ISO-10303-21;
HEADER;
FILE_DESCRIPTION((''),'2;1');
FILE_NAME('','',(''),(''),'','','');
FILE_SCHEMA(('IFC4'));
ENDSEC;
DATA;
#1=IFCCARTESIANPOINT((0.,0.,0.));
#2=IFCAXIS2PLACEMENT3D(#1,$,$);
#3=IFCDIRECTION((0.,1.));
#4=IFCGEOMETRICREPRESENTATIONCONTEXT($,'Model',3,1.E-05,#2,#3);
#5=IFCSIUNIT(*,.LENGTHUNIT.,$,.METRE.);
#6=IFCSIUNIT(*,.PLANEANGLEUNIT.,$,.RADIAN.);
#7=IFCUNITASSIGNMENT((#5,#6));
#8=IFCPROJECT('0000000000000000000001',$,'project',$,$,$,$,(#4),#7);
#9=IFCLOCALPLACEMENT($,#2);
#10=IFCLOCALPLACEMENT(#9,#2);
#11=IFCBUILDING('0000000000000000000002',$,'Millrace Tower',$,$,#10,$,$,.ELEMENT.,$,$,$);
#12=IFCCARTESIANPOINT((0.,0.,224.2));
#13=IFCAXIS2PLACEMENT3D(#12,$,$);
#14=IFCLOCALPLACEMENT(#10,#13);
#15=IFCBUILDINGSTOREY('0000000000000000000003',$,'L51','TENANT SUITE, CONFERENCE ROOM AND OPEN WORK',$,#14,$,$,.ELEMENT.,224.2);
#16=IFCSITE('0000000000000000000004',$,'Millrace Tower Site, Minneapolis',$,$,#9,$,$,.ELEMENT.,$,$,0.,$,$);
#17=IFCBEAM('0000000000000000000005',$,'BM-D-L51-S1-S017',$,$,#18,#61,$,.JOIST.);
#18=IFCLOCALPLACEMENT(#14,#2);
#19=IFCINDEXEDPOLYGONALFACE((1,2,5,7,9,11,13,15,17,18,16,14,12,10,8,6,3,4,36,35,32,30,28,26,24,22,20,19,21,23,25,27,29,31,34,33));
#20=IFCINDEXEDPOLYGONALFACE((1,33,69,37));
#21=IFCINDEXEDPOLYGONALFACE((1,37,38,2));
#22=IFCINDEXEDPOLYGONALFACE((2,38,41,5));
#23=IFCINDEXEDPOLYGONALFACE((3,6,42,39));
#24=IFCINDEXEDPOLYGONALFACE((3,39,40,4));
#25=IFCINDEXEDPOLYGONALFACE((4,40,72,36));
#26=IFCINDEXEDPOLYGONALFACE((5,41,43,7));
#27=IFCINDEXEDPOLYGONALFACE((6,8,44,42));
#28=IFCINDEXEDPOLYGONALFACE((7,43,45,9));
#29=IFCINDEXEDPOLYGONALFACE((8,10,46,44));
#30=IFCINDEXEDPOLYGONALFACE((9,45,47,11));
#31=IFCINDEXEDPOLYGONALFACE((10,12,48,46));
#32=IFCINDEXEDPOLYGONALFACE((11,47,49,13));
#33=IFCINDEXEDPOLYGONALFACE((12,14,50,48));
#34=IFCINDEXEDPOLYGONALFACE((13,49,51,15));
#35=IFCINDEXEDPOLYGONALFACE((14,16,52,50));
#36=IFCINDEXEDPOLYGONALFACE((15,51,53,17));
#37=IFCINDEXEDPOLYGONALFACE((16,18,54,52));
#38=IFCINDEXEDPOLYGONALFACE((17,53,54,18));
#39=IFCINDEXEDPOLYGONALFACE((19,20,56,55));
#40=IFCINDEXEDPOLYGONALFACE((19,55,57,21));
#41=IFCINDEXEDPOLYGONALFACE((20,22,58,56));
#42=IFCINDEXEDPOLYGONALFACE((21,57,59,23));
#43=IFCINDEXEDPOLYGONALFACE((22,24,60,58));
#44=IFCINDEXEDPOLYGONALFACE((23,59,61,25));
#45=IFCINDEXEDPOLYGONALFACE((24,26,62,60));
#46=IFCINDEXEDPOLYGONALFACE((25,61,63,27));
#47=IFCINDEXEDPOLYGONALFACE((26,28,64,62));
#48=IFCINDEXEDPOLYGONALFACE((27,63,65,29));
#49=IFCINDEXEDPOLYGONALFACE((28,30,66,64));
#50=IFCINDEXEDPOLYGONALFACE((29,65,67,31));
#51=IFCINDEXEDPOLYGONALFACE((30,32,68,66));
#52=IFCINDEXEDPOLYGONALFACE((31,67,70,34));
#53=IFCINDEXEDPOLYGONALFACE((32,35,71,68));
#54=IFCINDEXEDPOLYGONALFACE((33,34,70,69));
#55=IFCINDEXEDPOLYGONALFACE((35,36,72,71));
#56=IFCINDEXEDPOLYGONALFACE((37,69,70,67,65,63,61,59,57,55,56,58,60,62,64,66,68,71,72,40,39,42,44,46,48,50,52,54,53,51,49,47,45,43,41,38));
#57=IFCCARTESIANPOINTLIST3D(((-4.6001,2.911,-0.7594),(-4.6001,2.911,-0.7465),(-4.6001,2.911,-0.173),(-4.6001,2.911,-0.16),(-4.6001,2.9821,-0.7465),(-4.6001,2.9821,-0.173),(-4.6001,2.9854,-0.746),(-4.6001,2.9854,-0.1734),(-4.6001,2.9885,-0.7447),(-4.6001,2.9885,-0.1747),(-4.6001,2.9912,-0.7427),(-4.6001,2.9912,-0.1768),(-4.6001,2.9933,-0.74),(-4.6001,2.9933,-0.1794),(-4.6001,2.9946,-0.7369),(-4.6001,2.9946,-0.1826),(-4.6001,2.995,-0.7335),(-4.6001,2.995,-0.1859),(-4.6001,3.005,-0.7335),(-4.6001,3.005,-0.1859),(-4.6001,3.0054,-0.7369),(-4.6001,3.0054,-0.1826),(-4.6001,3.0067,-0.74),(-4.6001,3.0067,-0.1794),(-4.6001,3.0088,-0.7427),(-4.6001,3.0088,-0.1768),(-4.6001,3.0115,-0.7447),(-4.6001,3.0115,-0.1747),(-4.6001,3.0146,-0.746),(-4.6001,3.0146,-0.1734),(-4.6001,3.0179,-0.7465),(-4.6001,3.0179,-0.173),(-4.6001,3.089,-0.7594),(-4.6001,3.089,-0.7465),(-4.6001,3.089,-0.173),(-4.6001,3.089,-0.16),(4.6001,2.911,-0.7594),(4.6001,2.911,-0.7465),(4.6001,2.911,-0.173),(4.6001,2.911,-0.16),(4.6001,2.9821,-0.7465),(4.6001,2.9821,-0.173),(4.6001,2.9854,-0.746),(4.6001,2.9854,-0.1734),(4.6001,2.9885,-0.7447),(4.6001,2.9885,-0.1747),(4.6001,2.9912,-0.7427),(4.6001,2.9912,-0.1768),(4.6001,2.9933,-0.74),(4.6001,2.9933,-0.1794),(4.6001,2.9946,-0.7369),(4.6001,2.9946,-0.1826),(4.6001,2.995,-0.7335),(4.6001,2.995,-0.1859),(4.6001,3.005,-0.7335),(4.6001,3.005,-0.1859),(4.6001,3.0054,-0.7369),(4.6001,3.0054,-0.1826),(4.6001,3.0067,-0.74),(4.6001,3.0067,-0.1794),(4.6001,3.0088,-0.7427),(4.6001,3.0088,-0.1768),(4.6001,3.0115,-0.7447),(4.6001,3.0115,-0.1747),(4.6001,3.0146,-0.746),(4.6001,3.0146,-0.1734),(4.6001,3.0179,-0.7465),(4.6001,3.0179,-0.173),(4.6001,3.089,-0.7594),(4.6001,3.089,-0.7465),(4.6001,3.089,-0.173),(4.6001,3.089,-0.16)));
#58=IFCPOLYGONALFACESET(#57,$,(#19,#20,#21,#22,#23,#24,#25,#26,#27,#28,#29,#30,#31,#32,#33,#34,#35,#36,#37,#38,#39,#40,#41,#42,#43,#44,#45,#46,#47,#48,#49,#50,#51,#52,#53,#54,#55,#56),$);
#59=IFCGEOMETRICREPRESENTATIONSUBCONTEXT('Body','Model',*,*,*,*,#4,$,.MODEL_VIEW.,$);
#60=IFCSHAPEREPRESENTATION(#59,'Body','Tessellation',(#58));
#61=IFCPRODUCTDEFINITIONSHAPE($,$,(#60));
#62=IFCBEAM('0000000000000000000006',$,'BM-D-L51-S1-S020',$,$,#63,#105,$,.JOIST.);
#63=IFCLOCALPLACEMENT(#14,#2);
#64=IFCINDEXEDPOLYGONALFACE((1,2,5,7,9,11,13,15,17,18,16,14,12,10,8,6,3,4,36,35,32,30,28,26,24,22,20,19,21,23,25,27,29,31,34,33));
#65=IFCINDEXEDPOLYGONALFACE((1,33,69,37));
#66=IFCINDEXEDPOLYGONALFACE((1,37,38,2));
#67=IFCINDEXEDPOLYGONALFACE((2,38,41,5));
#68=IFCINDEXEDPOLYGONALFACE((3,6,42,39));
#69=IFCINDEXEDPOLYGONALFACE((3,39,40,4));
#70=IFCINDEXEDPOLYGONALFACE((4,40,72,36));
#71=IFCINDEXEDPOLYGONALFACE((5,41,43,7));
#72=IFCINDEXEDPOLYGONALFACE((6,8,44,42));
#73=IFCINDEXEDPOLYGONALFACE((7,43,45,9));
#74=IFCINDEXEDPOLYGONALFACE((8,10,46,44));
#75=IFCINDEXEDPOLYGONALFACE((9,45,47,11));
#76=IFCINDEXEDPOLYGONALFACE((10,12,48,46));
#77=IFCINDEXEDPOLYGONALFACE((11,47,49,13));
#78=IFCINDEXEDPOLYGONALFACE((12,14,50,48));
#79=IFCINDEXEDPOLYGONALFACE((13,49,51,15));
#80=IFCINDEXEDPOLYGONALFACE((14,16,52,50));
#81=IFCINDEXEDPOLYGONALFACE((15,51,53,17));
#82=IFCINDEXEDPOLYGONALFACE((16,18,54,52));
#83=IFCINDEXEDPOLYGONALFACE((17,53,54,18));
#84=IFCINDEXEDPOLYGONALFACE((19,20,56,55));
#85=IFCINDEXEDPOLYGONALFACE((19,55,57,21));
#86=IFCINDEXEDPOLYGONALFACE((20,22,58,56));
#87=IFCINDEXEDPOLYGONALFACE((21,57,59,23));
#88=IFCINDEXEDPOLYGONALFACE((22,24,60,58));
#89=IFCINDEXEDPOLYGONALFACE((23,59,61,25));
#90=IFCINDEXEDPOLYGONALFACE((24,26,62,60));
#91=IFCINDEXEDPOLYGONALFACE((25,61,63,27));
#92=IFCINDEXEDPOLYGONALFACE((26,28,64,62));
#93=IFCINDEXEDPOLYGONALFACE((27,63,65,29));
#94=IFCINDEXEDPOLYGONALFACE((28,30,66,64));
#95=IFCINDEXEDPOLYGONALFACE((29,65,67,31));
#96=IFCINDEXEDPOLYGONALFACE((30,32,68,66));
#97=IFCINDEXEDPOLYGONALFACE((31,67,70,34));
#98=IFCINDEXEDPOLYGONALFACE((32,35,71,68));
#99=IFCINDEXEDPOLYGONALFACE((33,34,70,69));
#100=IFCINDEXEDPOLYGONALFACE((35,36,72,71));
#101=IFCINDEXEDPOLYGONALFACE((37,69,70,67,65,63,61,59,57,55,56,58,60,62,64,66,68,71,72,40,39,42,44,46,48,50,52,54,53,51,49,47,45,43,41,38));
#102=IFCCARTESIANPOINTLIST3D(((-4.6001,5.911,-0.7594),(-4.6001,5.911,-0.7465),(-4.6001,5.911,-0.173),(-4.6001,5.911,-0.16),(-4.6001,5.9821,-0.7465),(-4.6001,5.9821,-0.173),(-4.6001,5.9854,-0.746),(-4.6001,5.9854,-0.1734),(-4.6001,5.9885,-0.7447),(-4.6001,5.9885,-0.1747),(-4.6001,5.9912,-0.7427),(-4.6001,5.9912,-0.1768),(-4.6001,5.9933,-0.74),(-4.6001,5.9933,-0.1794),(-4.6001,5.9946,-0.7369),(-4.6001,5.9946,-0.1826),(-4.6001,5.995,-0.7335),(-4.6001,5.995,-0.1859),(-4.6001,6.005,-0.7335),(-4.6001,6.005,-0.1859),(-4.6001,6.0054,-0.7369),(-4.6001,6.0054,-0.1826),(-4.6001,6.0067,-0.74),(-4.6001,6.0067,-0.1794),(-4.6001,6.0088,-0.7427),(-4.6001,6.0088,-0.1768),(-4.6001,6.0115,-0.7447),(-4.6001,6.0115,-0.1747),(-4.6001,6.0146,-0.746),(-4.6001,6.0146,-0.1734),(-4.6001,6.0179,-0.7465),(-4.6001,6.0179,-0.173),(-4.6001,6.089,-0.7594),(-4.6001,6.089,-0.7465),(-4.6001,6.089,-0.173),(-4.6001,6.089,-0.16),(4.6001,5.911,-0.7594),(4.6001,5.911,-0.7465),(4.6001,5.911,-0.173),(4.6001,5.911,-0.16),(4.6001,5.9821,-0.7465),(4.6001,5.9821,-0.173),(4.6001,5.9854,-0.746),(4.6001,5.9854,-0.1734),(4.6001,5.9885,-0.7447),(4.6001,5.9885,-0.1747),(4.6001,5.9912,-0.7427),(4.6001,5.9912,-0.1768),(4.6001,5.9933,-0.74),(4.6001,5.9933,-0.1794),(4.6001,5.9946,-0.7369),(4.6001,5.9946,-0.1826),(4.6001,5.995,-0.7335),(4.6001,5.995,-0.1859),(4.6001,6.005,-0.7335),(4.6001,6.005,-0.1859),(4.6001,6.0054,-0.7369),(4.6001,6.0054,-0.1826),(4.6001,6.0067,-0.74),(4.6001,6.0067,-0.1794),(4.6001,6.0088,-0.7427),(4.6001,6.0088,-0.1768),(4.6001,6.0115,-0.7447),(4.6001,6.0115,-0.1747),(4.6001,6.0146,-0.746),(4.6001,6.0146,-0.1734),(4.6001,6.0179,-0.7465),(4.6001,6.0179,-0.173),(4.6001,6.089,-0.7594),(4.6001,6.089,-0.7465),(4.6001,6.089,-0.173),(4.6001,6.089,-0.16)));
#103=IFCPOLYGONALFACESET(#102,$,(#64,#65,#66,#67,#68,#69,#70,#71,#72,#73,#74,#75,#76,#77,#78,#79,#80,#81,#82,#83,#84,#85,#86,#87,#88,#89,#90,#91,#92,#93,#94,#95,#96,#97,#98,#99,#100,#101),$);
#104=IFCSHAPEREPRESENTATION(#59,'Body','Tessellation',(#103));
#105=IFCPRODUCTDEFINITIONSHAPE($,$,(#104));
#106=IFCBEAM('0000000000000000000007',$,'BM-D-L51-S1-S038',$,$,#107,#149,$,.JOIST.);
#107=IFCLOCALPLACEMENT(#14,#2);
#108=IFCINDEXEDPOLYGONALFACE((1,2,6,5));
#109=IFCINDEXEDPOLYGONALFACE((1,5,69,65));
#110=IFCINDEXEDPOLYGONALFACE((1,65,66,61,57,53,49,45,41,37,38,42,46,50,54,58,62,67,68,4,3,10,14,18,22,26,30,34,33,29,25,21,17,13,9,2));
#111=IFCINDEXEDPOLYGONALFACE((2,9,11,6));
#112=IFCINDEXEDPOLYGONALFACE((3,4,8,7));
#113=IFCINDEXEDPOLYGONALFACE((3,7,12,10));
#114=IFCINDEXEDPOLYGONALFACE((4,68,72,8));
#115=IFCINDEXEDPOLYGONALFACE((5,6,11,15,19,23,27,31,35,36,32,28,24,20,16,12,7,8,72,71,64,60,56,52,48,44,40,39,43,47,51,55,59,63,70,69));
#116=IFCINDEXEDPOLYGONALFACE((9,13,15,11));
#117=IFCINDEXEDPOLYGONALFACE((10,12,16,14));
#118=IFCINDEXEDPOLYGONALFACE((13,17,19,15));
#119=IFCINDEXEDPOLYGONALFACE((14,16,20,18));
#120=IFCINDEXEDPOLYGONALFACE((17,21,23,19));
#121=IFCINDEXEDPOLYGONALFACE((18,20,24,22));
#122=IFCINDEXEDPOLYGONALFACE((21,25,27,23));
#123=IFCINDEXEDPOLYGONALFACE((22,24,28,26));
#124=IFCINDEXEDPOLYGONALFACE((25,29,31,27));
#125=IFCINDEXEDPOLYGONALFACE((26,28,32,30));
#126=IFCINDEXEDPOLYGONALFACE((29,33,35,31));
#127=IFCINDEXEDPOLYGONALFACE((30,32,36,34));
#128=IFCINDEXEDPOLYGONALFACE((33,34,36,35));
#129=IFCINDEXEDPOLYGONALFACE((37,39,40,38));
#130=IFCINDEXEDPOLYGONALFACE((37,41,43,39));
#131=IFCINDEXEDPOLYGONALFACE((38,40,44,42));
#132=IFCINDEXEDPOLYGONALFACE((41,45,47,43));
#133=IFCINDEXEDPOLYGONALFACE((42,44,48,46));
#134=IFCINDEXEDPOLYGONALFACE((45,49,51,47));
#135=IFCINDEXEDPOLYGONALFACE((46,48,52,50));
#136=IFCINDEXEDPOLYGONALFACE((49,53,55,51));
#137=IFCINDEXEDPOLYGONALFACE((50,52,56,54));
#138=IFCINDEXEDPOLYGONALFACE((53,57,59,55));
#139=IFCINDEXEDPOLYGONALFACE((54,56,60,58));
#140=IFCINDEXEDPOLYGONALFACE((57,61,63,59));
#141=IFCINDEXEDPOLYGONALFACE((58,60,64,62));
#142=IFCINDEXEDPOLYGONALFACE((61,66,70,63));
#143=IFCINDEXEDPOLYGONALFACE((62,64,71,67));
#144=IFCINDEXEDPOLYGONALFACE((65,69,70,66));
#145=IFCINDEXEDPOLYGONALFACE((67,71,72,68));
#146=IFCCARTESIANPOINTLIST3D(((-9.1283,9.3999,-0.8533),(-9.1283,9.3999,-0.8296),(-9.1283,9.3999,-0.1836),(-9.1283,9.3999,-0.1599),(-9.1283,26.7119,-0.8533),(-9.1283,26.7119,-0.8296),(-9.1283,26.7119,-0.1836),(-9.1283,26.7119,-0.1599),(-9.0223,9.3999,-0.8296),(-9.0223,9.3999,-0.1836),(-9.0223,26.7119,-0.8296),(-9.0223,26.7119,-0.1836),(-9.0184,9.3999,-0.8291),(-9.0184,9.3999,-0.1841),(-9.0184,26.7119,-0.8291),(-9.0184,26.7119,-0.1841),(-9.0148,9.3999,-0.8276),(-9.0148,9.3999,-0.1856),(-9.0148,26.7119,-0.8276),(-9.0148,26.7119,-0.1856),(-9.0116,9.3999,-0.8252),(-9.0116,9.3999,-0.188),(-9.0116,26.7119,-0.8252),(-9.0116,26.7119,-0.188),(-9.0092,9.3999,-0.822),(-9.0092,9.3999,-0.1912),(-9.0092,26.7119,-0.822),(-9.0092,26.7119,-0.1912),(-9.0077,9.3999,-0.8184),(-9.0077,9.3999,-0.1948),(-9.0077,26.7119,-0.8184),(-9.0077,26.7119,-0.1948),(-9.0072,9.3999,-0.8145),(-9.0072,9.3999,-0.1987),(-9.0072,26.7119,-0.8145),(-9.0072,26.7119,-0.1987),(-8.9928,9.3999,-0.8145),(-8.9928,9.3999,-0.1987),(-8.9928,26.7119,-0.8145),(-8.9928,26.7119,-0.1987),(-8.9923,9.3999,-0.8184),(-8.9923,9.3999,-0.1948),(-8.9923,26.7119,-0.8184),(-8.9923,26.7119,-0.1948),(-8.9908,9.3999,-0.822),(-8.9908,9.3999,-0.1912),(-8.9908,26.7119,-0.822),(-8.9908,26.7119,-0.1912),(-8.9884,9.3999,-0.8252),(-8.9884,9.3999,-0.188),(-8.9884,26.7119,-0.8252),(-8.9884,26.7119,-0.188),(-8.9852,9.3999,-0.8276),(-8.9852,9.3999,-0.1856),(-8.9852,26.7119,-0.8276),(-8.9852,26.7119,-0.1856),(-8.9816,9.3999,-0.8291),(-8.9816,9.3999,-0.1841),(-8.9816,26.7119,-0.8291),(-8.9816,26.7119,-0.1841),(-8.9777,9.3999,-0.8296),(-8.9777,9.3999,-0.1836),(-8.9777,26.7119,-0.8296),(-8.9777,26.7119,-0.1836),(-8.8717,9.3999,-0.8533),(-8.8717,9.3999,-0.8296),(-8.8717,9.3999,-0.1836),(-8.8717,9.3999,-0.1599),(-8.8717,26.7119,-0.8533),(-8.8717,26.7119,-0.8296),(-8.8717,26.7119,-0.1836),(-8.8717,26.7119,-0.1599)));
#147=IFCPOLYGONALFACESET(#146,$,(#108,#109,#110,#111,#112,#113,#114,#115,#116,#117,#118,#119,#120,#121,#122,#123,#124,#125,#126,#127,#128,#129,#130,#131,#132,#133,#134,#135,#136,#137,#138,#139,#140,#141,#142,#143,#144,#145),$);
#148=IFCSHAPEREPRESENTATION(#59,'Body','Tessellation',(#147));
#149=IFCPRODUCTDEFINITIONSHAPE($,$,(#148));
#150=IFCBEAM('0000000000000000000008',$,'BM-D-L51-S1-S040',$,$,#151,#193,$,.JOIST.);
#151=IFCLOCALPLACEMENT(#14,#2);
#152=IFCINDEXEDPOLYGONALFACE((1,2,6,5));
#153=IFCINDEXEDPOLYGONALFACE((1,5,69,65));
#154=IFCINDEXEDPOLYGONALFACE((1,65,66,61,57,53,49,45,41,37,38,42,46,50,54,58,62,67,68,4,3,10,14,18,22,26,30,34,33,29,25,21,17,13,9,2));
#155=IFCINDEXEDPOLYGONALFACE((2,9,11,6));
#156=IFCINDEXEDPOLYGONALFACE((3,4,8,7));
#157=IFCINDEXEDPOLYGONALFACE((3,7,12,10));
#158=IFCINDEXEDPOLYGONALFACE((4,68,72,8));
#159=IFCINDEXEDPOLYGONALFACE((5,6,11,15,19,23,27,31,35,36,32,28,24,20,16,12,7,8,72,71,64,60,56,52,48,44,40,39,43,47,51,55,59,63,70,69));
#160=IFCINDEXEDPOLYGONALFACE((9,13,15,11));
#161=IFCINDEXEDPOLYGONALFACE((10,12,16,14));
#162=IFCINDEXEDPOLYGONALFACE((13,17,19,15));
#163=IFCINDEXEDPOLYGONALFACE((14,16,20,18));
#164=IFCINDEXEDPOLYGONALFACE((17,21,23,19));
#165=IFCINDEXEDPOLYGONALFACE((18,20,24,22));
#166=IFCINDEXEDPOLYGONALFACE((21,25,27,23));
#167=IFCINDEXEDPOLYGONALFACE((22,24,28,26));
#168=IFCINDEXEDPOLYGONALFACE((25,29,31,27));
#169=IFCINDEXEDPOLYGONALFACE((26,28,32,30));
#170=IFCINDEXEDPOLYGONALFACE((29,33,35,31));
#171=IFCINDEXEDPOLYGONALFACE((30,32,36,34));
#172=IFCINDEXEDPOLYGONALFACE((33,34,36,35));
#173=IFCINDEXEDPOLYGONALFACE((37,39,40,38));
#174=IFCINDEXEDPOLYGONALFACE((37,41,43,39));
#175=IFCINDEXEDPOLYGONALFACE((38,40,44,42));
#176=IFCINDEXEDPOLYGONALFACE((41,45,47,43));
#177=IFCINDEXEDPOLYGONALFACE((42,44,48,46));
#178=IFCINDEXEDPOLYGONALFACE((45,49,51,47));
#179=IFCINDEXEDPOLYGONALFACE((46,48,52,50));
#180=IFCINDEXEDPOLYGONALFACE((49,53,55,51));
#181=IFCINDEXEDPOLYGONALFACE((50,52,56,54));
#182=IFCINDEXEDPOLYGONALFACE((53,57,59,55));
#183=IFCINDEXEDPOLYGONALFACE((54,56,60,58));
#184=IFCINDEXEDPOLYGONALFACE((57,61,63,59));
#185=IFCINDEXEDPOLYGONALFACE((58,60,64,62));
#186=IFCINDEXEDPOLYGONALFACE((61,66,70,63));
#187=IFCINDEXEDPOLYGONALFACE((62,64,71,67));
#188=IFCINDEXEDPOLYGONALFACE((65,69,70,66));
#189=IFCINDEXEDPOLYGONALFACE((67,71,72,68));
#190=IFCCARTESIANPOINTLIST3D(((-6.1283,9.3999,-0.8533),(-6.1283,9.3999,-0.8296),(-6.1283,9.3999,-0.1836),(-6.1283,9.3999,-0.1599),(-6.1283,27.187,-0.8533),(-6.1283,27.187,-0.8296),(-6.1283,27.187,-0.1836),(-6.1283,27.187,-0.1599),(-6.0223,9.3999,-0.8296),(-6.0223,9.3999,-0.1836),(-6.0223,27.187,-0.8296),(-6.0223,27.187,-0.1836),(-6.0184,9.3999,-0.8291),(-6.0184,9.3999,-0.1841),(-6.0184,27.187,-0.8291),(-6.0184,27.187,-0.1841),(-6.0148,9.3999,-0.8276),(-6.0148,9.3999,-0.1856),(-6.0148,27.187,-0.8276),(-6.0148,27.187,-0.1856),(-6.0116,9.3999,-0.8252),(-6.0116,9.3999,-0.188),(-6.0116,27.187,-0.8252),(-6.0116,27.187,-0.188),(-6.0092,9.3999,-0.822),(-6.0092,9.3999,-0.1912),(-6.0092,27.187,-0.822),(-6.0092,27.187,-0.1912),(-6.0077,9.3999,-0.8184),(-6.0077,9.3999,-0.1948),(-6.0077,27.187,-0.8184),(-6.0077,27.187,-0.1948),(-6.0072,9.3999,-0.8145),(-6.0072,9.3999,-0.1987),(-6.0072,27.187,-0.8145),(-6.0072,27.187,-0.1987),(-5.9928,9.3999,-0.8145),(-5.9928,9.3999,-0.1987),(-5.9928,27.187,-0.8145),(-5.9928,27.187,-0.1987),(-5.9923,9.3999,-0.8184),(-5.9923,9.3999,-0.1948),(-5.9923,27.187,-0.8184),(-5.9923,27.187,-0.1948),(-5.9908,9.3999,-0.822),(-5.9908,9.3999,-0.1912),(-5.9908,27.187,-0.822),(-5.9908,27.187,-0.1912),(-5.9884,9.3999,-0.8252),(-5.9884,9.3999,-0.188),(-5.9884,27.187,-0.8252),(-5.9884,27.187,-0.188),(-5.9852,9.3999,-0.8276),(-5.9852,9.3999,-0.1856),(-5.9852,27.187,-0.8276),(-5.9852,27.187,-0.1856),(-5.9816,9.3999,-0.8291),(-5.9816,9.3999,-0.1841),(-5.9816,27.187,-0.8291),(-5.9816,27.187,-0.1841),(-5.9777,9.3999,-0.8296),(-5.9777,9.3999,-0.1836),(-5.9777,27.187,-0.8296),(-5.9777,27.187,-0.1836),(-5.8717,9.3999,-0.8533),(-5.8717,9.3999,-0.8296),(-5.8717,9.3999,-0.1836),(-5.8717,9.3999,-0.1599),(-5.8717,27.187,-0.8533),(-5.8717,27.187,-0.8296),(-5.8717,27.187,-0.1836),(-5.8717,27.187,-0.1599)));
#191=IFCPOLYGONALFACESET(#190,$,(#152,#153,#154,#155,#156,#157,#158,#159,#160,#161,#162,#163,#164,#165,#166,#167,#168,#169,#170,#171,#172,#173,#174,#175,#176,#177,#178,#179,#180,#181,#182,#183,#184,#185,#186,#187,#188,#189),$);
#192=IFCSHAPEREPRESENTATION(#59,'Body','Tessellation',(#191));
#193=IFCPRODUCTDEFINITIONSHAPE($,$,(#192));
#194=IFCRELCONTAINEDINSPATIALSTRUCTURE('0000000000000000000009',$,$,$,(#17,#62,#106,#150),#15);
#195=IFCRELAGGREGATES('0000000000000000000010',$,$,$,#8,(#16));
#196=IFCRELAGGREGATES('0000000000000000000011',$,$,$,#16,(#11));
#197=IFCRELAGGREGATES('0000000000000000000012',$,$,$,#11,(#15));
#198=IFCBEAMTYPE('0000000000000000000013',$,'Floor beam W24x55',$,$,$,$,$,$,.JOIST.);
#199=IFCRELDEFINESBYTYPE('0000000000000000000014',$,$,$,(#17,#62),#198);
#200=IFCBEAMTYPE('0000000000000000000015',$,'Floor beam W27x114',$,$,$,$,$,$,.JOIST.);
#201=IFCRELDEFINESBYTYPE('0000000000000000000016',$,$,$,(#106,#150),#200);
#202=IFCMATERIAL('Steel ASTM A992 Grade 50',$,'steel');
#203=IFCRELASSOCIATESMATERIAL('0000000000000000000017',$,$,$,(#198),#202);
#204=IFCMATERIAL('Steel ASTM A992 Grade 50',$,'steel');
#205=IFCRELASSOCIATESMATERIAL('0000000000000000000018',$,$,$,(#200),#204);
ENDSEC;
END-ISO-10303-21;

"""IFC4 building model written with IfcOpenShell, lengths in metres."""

from ifc_helpers import new_model, si_unit, direction, frame, origin, origin_2d, place, context, subcontext, project, spatial, i_section, extrude, material, material_profile, profile_set, type_object, element, save


model = new_model("IFC4")

# Units and contexts
model_context = context("Model", 3, precision=1e-05, world=origin(), true_north=direction((0.0, 1.0)))
body_context = subcontext(model_context, "Body", "Model", "MODEL_VIEW")
ifc_project = project(units=[si_unit("LENGTHUNIT", "METRE"), si_unit("PLANEANGLEUNIT", "RADIAN")], contexts=[model_context])

# Site, building, storey
site_placement = place(None, origin())
site = spatial("IfcSite", under=ifc_project, at=site_placement, Name="Millrace Tower Site, Minneapolis", CompositionType="ELEMENT", RefElevation=0.0)
building_placement = place(site_placement, origin())
building = spatial("IfcBuilding", under=site, at=building_placement, Name="Millrace Tower", CompositionType="ELEMENT")
storey_placement = place(building_placement, frame((0.0, 0.0, 224.2)))
storey = spatial("IfcBuildingStorey", under=building, at=storey_placement, Name="L51", Description="TENANT SUITE, CONFERENCE ROOM AND OPEN WORK", CompositionType="ELEMENT", Elevation=224.2)

# Beams
ifc_material_1 = material(Name="Steel ASTM A992 Grade 50", Category="steel")
ifc_material_profile_1 = material_profile(ifc_material_1, i_section(OverallWidth=0.178, OverallDepth=0.5994, WebThickness=0.01, FlangeThickness=0.0129, FilletRadius=0.0129, at=origin_2d()))
ifc_profile_set_1 = profile_set([ifc_material_profile_1], Name="Steel ASTM A992 Grade 50")
beam_type_1 = type_object("IfcBeamType", Name="Floor beam W24x55", PredefinedType="JOIST", material=ifc_profile_set_1)
for number, where, z_axis, x_axis, name in (
    (1, (-4.6001, 3.0, -0.4597), (1.0, 0.0, 0.0), (0.0, 1.0, 0.0), "BM-D-L51-S1-S017"),
    (2, (-4.6001, 6.0, -0.4597), (1.0, 0.0, 0.0), (0.0, 1.0, 0.0), "BM-D-L51-S1-S020"),
):
    element("IfcBeam", number, at=place(storey_placement, frame(where, z_axis=z_axis, x_axis=x_axis)), inside=storey, type_object=beam_type_1, Name=name, PredefinedType="JOIST", context=body_context, shape_type="SweptSolid", body=[
        extrude(i_section(OverallWidth=0.178, OverallDepth=0.5994, WebThickness=0.01, FlangeThickness=0.0129, FilletRadius=0.0129, at=origin_2d()), origin(), (0.0, 0.0, 1.0), 9.2002),
    ])
ifc_material_2 = material(Name="Steel ASTM A992 Grade 50", Category="steel")
ifc_material_profile_2 = material_profile(ifc_material_2, i_section(OverallWidth=0.2566, OverallDepth=0.6934, WebThickness=0.0144, FlangeThickness=0.0237, FilletRadius=0.0151, at=origin_2d()))
ifc_profile_set_2 = profile_set([ifc_material_profile_2], Name="Steel ASTM A992 Grade 50")
beam_type_2 = type_object("IfcBeamType", Name="Floor beam W27x114", PredefinedType="JOIST", material=ifc_profile_set_2)
beam_1_placement = place(storey_placement, frame((-9.0, 9.3999, -0.5066), z_axis=(0.0, 1.0, 0.0), x_axis=(-1.0, 0.0, 0.0)))
element("IfcBeam", 3, at=beam_1_placement, inside=storey, type_object=beam_type_2, Name="BM-D-L51-S1-S038", PredefinedType="JOIST", context=body_context, shape_type="SweptSolid", body=[
    extrude(i_section(OverallWidth=0.2566, OverallDepth=0.6934, WebThickness=0.0144, FlangeThickness=0.0237, FilletRadius=0.0151, at=origin_2d()), origin(), (0.0, 0.0, 1.0), 17.312),
])
beam_2_placement = place(storey_placement, frame((-6.0, 9.3999, -0.5066), z_axis=(0.0, 1.0, 0.0), x_axis=(-1.0, 0.0, 0.0)))
element("IfcBeam", 4, at=beam_2_placement, inside=storey, type_object=beam_type_2, Name="BM-D-L51-S1-S040", PredefinedType="JOIST", context=body_context, shape_type="SweptSolid", body=[
    extrude(i_section(OverallWidth=0.2566, OverallDepth=0.6934, WebThickness=0.0144, FlangeThickness=0.0237, FilletRadius=0.0151, at=origin_2d()), origin(), (0.0, 0.0, 1.0), 17.7871),
])

save(model, "model.ifc")
